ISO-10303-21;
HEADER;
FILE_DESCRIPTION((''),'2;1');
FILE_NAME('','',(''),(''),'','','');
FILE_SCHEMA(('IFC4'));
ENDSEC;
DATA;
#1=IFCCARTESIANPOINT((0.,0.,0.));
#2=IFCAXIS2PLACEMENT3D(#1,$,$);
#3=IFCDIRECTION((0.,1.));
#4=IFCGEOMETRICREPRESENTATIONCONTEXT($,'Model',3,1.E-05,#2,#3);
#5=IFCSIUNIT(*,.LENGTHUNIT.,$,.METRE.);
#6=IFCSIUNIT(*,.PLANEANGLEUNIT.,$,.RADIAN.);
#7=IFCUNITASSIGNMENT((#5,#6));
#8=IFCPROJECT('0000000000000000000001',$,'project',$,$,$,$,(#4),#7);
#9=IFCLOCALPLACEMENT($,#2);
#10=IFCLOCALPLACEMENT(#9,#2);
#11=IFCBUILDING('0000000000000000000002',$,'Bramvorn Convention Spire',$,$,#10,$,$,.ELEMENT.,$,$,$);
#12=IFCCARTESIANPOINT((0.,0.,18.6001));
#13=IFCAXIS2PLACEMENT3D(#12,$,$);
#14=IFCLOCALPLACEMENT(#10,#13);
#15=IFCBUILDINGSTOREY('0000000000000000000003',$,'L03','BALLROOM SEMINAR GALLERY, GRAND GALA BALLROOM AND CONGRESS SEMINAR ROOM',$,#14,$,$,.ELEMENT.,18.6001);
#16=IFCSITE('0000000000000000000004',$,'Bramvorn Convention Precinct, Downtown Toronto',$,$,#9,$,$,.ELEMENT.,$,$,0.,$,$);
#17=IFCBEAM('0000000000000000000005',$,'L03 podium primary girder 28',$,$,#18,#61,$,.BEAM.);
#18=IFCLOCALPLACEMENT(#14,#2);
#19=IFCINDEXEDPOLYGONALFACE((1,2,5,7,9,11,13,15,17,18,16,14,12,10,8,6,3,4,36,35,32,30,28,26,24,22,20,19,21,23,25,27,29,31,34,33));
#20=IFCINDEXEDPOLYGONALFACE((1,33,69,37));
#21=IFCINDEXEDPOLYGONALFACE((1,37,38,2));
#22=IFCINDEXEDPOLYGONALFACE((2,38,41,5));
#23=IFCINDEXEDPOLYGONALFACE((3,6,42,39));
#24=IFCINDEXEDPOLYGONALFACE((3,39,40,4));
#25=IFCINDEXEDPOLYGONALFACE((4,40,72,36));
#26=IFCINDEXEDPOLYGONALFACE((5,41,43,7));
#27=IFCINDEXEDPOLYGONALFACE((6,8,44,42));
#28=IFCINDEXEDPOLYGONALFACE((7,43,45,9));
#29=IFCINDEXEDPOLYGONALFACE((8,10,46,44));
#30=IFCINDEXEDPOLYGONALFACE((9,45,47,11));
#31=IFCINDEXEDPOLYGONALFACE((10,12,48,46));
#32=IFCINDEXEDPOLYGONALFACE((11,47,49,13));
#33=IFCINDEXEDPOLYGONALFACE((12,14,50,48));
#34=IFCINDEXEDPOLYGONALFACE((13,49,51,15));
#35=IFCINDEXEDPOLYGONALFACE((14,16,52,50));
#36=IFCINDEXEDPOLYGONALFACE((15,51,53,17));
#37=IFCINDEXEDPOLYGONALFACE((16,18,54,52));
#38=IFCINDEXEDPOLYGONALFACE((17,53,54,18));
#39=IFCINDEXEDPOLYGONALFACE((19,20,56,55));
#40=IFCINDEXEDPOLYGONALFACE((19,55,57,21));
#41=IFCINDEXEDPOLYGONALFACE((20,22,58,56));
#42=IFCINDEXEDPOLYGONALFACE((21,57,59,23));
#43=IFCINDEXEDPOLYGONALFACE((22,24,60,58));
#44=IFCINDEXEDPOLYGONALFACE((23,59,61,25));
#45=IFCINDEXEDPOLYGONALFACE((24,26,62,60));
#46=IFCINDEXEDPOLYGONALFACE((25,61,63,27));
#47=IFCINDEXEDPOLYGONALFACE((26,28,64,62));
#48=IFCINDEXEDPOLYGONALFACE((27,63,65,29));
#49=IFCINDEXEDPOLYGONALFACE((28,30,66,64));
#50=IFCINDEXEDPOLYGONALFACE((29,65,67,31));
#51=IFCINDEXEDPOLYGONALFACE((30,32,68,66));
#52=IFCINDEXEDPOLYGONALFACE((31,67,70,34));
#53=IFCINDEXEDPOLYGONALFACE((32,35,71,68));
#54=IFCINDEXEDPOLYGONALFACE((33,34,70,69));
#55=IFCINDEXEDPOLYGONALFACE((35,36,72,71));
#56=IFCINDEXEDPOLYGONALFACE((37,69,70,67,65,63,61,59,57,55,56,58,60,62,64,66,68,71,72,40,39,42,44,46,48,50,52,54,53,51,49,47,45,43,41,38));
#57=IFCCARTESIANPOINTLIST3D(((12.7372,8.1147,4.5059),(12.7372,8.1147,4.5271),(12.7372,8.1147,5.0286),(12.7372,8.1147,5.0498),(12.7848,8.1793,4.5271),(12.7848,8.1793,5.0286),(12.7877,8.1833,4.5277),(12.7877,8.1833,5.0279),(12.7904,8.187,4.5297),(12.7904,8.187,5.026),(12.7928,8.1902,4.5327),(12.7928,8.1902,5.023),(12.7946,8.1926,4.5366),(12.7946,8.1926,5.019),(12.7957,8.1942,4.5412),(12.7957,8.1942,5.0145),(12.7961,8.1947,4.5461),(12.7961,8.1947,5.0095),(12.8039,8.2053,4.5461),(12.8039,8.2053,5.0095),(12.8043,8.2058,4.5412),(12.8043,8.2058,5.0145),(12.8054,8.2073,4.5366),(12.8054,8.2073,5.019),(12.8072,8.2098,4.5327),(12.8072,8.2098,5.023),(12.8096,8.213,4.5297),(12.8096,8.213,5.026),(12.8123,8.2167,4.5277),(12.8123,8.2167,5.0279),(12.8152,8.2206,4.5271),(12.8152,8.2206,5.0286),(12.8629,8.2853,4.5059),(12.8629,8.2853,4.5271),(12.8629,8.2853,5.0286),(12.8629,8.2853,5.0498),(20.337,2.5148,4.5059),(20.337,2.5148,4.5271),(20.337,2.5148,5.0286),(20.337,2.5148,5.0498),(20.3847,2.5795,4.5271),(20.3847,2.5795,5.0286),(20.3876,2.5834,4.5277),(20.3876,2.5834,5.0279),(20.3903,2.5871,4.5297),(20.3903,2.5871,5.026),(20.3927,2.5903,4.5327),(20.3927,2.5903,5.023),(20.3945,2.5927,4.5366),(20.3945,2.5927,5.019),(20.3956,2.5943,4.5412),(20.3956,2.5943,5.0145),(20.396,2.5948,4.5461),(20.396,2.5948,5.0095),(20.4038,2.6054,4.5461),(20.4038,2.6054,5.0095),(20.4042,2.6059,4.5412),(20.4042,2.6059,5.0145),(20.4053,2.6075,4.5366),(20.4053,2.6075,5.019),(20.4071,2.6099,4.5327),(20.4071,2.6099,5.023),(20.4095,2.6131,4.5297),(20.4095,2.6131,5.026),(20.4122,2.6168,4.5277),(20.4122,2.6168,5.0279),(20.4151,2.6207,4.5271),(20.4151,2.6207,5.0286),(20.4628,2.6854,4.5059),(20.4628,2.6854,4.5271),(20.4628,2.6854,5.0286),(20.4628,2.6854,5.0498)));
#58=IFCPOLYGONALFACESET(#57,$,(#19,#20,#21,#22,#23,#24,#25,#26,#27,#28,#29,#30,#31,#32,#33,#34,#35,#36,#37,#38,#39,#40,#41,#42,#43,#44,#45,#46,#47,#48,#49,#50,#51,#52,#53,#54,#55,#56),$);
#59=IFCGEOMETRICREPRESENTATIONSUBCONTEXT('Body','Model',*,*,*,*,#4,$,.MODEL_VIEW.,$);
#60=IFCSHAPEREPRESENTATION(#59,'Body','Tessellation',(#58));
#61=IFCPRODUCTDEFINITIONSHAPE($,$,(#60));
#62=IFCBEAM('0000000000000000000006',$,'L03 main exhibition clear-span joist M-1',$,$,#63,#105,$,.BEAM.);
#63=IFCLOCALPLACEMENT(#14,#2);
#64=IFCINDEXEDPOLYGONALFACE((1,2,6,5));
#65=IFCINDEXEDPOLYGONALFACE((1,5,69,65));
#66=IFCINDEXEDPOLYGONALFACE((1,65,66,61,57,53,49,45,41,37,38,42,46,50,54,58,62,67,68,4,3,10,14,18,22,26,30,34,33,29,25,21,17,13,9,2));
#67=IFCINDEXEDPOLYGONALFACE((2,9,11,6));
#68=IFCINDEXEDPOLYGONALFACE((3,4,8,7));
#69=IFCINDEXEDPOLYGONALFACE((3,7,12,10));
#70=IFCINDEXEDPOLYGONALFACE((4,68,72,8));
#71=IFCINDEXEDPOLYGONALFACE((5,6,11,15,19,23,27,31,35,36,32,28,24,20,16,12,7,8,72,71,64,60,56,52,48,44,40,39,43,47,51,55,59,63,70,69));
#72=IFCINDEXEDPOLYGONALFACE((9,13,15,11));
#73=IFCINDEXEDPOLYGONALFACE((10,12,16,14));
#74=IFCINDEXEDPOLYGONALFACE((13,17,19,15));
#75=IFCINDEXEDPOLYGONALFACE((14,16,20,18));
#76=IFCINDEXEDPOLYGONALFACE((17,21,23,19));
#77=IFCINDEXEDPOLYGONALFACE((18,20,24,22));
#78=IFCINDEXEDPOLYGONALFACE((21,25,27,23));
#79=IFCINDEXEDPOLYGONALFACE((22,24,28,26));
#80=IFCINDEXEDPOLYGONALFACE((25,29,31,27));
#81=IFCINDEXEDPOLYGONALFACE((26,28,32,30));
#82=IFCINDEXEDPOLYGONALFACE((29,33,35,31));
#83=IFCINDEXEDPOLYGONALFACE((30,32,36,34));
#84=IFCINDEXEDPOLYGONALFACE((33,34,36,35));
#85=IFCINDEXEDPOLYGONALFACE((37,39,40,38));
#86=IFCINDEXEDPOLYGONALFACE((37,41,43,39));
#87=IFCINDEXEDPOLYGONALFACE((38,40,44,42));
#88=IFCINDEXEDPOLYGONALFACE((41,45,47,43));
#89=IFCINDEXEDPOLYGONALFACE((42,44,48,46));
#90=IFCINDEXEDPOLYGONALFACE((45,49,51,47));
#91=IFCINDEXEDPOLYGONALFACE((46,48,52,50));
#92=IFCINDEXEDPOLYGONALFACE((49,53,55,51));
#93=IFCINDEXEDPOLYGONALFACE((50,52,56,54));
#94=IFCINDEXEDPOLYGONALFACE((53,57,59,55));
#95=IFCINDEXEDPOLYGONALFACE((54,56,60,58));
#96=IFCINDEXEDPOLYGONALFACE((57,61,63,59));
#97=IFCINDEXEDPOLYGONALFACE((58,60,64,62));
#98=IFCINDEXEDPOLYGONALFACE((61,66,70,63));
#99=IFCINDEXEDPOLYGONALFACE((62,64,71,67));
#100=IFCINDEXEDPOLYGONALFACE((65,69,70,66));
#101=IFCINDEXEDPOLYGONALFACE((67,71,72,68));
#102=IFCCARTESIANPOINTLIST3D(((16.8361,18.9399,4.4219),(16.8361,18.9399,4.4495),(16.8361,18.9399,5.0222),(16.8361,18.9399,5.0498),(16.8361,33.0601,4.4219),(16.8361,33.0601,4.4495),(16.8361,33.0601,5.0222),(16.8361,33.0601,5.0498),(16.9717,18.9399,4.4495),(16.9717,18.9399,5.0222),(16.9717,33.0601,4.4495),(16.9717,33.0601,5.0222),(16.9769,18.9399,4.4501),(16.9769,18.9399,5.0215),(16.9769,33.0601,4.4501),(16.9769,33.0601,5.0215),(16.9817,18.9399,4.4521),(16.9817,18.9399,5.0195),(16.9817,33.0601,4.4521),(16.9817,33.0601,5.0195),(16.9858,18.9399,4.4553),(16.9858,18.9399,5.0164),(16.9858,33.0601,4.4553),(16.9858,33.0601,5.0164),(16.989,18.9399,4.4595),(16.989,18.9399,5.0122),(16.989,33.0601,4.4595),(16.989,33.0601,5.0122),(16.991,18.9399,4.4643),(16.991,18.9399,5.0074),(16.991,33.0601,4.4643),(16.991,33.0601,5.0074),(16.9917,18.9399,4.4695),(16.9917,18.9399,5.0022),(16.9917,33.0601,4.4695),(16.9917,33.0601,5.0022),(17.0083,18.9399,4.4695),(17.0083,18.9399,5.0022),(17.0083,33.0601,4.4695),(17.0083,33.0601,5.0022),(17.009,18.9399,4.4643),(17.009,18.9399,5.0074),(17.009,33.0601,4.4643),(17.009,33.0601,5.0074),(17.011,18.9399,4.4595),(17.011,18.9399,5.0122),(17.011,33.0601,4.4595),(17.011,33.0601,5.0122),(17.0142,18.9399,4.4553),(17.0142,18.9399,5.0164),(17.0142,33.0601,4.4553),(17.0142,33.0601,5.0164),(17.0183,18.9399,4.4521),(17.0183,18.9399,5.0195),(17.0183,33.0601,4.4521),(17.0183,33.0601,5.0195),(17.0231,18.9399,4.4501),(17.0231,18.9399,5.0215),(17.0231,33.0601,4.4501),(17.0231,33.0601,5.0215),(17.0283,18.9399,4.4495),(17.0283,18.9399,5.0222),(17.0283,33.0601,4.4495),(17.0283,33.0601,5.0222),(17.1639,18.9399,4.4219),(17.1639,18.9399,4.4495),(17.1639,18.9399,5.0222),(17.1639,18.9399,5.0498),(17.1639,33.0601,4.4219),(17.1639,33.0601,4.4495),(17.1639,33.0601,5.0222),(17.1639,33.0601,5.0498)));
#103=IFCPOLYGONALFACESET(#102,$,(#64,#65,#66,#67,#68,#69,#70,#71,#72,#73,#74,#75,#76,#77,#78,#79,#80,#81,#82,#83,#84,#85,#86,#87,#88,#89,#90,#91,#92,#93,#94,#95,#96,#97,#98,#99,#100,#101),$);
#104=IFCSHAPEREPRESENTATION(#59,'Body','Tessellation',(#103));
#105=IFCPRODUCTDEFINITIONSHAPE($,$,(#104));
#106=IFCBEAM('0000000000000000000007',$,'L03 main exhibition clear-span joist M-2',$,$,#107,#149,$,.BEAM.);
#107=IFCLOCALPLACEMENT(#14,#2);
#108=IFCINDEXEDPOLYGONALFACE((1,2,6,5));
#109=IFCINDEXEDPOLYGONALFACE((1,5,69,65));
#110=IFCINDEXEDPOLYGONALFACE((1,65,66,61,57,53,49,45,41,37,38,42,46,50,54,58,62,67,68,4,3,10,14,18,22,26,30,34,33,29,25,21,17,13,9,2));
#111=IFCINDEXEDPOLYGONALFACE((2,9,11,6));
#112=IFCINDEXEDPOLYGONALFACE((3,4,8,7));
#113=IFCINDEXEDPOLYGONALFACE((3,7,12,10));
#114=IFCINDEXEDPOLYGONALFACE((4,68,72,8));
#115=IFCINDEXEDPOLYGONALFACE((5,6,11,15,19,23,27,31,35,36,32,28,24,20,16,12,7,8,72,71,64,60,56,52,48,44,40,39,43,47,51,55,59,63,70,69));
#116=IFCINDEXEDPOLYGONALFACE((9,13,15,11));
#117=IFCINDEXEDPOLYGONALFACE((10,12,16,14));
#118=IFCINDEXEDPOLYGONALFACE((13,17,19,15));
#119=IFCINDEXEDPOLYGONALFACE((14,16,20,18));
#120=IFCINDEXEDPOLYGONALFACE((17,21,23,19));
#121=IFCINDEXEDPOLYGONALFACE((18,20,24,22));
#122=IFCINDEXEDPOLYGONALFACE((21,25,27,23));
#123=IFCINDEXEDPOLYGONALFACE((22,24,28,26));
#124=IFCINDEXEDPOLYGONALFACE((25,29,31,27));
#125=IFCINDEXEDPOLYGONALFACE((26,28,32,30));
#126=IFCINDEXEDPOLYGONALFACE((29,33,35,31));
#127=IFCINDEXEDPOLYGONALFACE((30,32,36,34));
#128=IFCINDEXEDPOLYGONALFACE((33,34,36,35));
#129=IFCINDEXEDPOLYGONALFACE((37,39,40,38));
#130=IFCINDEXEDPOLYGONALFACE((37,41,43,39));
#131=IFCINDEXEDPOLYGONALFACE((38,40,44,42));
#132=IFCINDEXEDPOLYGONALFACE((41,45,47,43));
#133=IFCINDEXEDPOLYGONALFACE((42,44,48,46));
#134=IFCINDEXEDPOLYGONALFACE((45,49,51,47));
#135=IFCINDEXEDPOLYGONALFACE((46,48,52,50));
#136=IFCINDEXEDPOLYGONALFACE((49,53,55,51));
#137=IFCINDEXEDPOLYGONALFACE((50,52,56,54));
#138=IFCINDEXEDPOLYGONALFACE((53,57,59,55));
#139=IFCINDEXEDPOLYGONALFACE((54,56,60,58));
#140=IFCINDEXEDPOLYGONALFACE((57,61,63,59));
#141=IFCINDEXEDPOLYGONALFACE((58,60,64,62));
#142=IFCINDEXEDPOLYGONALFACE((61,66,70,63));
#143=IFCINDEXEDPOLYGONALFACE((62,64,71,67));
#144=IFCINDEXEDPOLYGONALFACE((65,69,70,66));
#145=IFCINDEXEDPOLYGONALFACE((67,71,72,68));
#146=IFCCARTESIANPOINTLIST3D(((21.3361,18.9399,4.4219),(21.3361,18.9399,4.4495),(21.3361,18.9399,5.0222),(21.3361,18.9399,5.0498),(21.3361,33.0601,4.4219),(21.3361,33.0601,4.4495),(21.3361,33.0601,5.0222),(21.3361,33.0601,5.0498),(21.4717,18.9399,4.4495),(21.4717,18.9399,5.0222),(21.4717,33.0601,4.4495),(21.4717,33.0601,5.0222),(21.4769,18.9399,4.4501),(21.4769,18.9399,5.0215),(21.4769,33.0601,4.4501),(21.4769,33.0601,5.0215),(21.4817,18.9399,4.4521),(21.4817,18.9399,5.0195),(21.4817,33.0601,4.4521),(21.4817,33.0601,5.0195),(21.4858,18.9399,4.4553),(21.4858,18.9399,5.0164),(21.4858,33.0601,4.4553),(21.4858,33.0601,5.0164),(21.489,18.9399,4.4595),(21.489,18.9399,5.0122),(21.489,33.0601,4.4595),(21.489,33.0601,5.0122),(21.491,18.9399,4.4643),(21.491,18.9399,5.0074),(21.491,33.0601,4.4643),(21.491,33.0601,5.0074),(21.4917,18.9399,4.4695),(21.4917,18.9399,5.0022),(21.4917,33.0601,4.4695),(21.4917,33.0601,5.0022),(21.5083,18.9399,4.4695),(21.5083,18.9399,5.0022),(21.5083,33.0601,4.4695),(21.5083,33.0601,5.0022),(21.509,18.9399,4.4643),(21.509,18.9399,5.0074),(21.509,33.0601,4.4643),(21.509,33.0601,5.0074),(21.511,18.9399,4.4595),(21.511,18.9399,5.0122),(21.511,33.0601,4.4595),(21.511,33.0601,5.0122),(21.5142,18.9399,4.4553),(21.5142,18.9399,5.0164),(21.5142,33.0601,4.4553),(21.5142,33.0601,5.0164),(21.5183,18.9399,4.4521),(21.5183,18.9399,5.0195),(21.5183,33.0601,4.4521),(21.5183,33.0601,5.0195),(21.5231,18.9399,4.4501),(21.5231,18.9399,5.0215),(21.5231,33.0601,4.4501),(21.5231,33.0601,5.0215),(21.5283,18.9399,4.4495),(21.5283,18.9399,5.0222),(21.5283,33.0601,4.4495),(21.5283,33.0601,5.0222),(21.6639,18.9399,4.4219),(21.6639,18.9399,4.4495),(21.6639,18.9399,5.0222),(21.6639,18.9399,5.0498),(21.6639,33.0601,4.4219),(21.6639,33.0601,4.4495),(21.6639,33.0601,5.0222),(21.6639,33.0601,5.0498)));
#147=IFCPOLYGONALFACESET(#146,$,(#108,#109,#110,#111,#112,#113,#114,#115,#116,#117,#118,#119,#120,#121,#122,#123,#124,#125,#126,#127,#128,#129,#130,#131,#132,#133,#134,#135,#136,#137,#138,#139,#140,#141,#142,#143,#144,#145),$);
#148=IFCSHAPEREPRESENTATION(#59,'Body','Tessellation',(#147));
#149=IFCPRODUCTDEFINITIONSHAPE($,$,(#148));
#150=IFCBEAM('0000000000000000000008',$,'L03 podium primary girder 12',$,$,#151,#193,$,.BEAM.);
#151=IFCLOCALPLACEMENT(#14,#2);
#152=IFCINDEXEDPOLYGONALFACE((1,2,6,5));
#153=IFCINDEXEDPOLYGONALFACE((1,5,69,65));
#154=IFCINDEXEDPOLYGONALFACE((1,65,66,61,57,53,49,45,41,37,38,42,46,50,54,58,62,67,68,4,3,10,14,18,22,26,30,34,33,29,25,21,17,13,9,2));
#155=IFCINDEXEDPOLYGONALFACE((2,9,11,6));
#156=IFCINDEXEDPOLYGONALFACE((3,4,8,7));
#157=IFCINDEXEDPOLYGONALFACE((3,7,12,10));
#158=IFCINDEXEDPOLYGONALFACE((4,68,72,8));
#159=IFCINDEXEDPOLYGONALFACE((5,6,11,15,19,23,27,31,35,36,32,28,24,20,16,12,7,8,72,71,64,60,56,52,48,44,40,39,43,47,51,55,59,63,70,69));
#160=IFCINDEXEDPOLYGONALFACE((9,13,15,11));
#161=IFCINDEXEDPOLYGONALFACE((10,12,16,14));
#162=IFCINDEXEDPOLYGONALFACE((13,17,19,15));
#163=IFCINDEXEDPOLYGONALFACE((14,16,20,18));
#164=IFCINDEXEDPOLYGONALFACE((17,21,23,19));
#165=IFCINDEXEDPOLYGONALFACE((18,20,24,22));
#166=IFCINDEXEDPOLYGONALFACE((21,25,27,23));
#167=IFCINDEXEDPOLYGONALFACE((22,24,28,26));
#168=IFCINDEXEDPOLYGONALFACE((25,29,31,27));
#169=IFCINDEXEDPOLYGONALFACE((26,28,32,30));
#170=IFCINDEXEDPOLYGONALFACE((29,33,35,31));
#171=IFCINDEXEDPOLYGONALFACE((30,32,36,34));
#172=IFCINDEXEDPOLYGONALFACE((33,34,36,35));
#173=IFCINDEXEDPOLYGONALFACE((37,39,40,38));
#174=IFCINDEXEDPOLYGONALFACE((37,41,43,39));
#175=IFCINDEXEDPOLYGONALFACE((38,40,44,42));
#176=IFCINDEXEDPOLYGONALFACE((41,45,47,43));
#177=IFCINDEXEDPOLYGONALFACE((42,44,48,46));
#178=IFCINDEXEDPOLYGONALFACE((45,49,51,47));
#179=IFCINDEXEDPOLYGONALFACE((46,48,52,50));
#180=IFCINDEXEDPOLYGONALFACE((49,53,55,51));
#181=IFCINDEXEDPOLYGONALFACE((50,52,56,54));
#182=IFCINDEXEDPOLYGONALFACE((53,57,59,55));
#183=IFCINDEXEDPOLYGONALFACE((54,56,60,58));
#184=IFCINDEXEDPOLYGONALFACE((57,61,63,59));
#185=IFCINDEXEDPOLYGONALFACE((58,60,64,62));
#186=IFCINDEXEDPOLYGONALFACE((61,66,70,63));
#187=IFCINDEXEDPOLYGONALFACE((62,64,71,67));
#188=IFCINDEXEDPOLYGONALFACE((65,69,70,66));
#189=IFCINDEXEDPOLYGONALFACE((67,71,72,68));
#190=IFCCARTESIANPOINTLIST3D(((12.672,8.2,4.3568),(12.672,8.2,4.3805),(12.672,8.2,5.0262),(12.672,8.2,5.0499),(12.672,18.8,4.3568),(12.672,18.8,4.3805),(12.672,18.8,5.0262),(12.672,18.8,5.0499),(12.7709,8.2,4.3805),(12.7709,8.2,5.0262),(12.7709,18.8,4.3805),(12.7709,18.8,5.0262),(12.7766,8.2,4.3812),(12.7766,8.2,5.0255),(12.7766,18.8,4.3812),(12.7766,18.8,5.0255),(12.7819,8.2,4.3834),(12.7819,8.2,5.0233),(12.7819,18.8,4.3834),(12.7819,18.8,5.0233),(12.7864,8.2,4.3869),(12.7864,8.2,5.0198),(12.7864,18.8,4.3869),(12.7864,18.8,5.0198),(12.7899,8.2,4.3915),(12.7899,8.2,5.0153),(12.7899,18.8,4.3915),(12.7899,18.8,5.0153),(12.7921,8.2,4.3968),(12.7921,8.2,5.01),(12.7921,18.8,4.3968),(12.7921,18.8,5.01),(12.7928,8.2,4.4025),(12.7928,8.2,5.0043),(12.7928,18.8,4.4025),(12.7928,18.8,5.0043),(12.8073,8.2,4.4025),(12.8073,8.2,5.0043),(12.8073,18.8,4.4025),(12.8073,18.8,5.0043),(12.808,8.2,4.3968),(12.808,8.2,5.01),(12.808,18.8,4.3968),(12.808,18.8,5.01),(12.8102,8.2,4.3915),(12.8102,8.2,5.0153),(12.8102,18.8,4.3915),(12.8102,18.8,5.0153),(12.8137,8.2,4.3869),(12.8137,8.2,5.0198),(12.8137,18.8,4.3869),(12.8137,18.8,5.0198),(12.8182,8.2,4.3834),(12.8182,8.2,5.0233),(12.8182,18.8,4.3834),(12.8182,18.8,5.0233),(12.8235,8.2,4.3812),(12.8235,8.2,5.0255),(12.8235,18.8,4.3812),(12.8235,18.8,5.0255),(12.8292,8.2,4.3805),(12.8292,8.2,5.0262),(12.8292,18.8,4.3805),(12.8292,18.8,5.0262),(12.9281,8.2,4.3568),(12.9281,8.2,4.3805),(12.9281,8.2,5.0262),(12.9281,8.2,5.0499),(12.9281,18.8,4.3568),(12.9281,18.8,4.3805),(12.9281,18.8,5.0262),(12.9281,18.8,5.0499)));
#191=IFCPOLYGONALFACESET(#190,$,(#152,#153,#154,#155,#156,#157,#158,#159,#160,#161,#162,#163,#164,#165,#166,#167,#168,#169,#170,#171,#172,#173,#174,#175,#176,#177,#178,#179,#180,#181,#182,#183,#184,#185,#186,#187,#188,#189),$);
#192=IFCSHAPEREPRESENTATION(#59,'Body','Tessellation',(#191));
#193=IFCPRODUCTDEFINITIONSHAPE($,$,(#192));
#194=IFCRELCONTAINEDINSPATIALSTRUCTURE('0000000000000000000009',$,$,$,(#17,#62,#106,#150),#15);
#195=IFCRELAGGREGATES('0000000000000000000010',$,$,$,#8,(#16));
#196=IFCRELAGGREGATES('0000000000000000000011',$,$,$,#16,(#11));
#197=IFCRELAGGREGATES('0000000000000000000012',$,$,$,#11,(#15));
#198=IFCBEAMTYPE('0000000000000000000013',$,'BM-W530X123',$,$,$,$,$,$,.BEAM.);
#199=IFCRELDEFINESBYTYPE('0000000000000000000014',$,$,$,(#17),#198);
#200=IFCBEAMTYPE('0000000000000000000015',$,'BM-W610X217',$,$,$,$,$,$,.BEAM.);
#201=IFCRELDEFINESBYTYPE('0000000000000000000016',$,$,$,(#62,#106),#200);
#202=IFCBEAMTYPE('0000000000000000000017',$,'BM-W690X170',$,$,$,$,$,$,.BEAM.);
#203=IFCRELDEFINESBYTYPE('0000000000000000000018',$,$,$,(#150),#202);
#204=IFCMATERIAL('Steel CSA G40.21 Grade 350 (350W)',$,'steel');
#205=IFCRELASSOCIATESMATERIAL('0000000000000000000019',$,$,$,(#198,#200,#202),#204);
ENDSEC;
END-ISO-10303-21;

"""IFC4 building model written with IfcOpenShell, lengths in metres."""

from ifc_helpers import new_model, si_unit, direction, frame, origin, origin_2d, place, context, subcontext, project, spatial, i_section, extrude, material, material_profile, profile_set, type_object, element, save


model = new_model("IFC4")

# Units and contexts
model_context = context("Model", 3, precision=1e-05, world=origin(), true_north=direction((0.0, 1.0)))
body_context = subcontext(model_context, "Body", "Model", "MODEL_VIEW")
ifc_project = project(units=[si_unit("LENGTHUNIT", "METRE"), si_unit("PLANEANGLEUNIT", "RADIAN")], contexts=[model_context])

# Site, building, storey
site_placement = place(None, origin())
site = spatial("IfcSite", under=ifc_project, at=site_placement, Name="Bramvorn Convention Precinct, Downtown Toronto", CompositionType="ELEMENT", RefElevation=0.0)
building_placement = place(site_placement, origin())
building = spatial("IfcBuilding", under=site, at=building_placement, Name="Bramvorn Convention Spire", CompositionType="ELEMENT")
storey_placement = place(building_placement, frame((0.0, 0.0, 18.6001)))
storey = spatial("IfcBuildingStorey", under=building, at=storey_placement, Name="L03", Description="BALLROOM SEMINAR GALLERY, GRAND GALA BALLROOM AND CONGRESS SEMINAR ROOM", CompositionType="ELEMENT", Elevation=18.6001)

# Shared definitions
ifc_material_1 = material(Name="Steel CSA G40.21 Grade 350 (350W)", Category="steel")

# Beams
ifc_material_profile_1 = material_profile(ifc_material_1, i_section(OverallWidth=0.2119, OverallDepth=0.5439, WebThickness=0.0132, FlangeThickness=0.0212, FilletRadius=0.019, at=origin_2d()))
ifc_profile_set_1 = profile_set([ifc_material_profile_1], Name="Steel CSA G40.21 Grade 350 (350W) - W530X123")
beam_type_1 = type_object("IfcBeamType", Name="BM-W530X123", PredefinedType="BEAM", material=ifc_profile_set_1)
beam_1_placement = place(storey_placement, frame((20.3999, 2.6001, 4.7778), z_axis=(-0.805058, 0.593196, 0.0), x_axis=(-0.593196, -0.805058, 0.0)))
element("IfcBeam", 1, at=beam_1_placement, inside=storey, type_object=beam_type_1, Name="L03 podium primary girder 28", PredefinedType="BEAM", context=body_context, shape_type="SweptSolid", body=[
    extrude(i_section(OverallWidth=0.2119, OverallDepth=0.5439, WebThickness=0.0132, FlangeThickness=0.0212, FilletRadius=0.019, at=origin_2d()), origin(), (0.0, 0.0, 1.0), 9.4402),
])
ifc_material_profile_2 = material_profile(ifc_material_1, i_section(OverallWidth=0.3279, OverallDepth=0.6279, WebThickness=0.0166, FlangeThickness=0.0276, FilletRadius=0.02, at=origin_2d()))
ifc_profile_set_2 = profile_set([ifc_material_profile_2], Name="Steel CSA G40.21 Grade 350 (350W) - W610X217")
beam_type_2 = type_object("IfcBeamType", Name="BM-W610X217", PredefinedType="BEAM", material=ifc_profile_set_2)
for number, where, z_axis, x_axis, name in (
    (2, (17.0, 18.9399, 4.7358), (0.0, 1.0, 0.0), (-1.0, 0.0, 0.0), "L03 main exhibition clear-span joist M-1"),
    (3, (21.5, 18.9399, 4.7358), (0.0, 1.0, 0.0), (-1.0, 0.0, 0.0), "L03 main exhibition clear-span joist M-2"),
):
    element("IfcBeam", number, at=place(storey_placement, frame(where, z_axis=z_axis, x_axis=x_axis)), inside=storey, type_object=beam_type_2, Name=name, PredefinedType="BEAM", context=body_context, shape_type="SweptSolid", body=[
        extrude(i_section(OverallWidth=0.3279, OverallDepth=0.6279, WebThickness=0.0166, FlangeThickness=0.0276, FilletRadius=0.02, at=origin_2d()), origin(), (0.0, 0.0, 1.0), 14.1201),
    ])
ifc_material_profile_3 = material_profile(ifc_material_1, i_section(OverallWidth=0.2561, OverallDepth=0.6931, WebThickness=0.0144, FlangeThickness=0.0237, FilletRadius=0.022, at=origin_2d()))
ifc_profile_set_3 = profile_set([ifc_material_profile_3], Name="Steel CSA G40.21 Grade 350 (350W) - W690X170")
beam_type_3 = type_object("IfcBeamType", Name="BM-W690X170", PredefinedType="BEAM", material=ifc_profile_set_3)
beam_2_placement = place(storey_placement, frame((12.8, 8.2, 4.7034), z_axis=(0.0, 1.0, 0.0), x_axis=(-1.0, 0.0, 0.0)))
element("IfcBeam", 4, at=beam_2_placement, inside=storey, type_object=beam_type_3, Name="L03 podium primary girder 12", PredefinedType="BEAM", context=body_context, shape_type="SweptSolid", body=[
    extrude(i_section(OverallWidth=0.2561, OverallDepth=0.6931, WebThickness=0.0144, FlangeThickness=0.0237, FilletRadius=0.022, at=origin_2d()), origin(), (0.0, 0.0, 1.0), 10.6001),
])

save(model, "model.ifc")
